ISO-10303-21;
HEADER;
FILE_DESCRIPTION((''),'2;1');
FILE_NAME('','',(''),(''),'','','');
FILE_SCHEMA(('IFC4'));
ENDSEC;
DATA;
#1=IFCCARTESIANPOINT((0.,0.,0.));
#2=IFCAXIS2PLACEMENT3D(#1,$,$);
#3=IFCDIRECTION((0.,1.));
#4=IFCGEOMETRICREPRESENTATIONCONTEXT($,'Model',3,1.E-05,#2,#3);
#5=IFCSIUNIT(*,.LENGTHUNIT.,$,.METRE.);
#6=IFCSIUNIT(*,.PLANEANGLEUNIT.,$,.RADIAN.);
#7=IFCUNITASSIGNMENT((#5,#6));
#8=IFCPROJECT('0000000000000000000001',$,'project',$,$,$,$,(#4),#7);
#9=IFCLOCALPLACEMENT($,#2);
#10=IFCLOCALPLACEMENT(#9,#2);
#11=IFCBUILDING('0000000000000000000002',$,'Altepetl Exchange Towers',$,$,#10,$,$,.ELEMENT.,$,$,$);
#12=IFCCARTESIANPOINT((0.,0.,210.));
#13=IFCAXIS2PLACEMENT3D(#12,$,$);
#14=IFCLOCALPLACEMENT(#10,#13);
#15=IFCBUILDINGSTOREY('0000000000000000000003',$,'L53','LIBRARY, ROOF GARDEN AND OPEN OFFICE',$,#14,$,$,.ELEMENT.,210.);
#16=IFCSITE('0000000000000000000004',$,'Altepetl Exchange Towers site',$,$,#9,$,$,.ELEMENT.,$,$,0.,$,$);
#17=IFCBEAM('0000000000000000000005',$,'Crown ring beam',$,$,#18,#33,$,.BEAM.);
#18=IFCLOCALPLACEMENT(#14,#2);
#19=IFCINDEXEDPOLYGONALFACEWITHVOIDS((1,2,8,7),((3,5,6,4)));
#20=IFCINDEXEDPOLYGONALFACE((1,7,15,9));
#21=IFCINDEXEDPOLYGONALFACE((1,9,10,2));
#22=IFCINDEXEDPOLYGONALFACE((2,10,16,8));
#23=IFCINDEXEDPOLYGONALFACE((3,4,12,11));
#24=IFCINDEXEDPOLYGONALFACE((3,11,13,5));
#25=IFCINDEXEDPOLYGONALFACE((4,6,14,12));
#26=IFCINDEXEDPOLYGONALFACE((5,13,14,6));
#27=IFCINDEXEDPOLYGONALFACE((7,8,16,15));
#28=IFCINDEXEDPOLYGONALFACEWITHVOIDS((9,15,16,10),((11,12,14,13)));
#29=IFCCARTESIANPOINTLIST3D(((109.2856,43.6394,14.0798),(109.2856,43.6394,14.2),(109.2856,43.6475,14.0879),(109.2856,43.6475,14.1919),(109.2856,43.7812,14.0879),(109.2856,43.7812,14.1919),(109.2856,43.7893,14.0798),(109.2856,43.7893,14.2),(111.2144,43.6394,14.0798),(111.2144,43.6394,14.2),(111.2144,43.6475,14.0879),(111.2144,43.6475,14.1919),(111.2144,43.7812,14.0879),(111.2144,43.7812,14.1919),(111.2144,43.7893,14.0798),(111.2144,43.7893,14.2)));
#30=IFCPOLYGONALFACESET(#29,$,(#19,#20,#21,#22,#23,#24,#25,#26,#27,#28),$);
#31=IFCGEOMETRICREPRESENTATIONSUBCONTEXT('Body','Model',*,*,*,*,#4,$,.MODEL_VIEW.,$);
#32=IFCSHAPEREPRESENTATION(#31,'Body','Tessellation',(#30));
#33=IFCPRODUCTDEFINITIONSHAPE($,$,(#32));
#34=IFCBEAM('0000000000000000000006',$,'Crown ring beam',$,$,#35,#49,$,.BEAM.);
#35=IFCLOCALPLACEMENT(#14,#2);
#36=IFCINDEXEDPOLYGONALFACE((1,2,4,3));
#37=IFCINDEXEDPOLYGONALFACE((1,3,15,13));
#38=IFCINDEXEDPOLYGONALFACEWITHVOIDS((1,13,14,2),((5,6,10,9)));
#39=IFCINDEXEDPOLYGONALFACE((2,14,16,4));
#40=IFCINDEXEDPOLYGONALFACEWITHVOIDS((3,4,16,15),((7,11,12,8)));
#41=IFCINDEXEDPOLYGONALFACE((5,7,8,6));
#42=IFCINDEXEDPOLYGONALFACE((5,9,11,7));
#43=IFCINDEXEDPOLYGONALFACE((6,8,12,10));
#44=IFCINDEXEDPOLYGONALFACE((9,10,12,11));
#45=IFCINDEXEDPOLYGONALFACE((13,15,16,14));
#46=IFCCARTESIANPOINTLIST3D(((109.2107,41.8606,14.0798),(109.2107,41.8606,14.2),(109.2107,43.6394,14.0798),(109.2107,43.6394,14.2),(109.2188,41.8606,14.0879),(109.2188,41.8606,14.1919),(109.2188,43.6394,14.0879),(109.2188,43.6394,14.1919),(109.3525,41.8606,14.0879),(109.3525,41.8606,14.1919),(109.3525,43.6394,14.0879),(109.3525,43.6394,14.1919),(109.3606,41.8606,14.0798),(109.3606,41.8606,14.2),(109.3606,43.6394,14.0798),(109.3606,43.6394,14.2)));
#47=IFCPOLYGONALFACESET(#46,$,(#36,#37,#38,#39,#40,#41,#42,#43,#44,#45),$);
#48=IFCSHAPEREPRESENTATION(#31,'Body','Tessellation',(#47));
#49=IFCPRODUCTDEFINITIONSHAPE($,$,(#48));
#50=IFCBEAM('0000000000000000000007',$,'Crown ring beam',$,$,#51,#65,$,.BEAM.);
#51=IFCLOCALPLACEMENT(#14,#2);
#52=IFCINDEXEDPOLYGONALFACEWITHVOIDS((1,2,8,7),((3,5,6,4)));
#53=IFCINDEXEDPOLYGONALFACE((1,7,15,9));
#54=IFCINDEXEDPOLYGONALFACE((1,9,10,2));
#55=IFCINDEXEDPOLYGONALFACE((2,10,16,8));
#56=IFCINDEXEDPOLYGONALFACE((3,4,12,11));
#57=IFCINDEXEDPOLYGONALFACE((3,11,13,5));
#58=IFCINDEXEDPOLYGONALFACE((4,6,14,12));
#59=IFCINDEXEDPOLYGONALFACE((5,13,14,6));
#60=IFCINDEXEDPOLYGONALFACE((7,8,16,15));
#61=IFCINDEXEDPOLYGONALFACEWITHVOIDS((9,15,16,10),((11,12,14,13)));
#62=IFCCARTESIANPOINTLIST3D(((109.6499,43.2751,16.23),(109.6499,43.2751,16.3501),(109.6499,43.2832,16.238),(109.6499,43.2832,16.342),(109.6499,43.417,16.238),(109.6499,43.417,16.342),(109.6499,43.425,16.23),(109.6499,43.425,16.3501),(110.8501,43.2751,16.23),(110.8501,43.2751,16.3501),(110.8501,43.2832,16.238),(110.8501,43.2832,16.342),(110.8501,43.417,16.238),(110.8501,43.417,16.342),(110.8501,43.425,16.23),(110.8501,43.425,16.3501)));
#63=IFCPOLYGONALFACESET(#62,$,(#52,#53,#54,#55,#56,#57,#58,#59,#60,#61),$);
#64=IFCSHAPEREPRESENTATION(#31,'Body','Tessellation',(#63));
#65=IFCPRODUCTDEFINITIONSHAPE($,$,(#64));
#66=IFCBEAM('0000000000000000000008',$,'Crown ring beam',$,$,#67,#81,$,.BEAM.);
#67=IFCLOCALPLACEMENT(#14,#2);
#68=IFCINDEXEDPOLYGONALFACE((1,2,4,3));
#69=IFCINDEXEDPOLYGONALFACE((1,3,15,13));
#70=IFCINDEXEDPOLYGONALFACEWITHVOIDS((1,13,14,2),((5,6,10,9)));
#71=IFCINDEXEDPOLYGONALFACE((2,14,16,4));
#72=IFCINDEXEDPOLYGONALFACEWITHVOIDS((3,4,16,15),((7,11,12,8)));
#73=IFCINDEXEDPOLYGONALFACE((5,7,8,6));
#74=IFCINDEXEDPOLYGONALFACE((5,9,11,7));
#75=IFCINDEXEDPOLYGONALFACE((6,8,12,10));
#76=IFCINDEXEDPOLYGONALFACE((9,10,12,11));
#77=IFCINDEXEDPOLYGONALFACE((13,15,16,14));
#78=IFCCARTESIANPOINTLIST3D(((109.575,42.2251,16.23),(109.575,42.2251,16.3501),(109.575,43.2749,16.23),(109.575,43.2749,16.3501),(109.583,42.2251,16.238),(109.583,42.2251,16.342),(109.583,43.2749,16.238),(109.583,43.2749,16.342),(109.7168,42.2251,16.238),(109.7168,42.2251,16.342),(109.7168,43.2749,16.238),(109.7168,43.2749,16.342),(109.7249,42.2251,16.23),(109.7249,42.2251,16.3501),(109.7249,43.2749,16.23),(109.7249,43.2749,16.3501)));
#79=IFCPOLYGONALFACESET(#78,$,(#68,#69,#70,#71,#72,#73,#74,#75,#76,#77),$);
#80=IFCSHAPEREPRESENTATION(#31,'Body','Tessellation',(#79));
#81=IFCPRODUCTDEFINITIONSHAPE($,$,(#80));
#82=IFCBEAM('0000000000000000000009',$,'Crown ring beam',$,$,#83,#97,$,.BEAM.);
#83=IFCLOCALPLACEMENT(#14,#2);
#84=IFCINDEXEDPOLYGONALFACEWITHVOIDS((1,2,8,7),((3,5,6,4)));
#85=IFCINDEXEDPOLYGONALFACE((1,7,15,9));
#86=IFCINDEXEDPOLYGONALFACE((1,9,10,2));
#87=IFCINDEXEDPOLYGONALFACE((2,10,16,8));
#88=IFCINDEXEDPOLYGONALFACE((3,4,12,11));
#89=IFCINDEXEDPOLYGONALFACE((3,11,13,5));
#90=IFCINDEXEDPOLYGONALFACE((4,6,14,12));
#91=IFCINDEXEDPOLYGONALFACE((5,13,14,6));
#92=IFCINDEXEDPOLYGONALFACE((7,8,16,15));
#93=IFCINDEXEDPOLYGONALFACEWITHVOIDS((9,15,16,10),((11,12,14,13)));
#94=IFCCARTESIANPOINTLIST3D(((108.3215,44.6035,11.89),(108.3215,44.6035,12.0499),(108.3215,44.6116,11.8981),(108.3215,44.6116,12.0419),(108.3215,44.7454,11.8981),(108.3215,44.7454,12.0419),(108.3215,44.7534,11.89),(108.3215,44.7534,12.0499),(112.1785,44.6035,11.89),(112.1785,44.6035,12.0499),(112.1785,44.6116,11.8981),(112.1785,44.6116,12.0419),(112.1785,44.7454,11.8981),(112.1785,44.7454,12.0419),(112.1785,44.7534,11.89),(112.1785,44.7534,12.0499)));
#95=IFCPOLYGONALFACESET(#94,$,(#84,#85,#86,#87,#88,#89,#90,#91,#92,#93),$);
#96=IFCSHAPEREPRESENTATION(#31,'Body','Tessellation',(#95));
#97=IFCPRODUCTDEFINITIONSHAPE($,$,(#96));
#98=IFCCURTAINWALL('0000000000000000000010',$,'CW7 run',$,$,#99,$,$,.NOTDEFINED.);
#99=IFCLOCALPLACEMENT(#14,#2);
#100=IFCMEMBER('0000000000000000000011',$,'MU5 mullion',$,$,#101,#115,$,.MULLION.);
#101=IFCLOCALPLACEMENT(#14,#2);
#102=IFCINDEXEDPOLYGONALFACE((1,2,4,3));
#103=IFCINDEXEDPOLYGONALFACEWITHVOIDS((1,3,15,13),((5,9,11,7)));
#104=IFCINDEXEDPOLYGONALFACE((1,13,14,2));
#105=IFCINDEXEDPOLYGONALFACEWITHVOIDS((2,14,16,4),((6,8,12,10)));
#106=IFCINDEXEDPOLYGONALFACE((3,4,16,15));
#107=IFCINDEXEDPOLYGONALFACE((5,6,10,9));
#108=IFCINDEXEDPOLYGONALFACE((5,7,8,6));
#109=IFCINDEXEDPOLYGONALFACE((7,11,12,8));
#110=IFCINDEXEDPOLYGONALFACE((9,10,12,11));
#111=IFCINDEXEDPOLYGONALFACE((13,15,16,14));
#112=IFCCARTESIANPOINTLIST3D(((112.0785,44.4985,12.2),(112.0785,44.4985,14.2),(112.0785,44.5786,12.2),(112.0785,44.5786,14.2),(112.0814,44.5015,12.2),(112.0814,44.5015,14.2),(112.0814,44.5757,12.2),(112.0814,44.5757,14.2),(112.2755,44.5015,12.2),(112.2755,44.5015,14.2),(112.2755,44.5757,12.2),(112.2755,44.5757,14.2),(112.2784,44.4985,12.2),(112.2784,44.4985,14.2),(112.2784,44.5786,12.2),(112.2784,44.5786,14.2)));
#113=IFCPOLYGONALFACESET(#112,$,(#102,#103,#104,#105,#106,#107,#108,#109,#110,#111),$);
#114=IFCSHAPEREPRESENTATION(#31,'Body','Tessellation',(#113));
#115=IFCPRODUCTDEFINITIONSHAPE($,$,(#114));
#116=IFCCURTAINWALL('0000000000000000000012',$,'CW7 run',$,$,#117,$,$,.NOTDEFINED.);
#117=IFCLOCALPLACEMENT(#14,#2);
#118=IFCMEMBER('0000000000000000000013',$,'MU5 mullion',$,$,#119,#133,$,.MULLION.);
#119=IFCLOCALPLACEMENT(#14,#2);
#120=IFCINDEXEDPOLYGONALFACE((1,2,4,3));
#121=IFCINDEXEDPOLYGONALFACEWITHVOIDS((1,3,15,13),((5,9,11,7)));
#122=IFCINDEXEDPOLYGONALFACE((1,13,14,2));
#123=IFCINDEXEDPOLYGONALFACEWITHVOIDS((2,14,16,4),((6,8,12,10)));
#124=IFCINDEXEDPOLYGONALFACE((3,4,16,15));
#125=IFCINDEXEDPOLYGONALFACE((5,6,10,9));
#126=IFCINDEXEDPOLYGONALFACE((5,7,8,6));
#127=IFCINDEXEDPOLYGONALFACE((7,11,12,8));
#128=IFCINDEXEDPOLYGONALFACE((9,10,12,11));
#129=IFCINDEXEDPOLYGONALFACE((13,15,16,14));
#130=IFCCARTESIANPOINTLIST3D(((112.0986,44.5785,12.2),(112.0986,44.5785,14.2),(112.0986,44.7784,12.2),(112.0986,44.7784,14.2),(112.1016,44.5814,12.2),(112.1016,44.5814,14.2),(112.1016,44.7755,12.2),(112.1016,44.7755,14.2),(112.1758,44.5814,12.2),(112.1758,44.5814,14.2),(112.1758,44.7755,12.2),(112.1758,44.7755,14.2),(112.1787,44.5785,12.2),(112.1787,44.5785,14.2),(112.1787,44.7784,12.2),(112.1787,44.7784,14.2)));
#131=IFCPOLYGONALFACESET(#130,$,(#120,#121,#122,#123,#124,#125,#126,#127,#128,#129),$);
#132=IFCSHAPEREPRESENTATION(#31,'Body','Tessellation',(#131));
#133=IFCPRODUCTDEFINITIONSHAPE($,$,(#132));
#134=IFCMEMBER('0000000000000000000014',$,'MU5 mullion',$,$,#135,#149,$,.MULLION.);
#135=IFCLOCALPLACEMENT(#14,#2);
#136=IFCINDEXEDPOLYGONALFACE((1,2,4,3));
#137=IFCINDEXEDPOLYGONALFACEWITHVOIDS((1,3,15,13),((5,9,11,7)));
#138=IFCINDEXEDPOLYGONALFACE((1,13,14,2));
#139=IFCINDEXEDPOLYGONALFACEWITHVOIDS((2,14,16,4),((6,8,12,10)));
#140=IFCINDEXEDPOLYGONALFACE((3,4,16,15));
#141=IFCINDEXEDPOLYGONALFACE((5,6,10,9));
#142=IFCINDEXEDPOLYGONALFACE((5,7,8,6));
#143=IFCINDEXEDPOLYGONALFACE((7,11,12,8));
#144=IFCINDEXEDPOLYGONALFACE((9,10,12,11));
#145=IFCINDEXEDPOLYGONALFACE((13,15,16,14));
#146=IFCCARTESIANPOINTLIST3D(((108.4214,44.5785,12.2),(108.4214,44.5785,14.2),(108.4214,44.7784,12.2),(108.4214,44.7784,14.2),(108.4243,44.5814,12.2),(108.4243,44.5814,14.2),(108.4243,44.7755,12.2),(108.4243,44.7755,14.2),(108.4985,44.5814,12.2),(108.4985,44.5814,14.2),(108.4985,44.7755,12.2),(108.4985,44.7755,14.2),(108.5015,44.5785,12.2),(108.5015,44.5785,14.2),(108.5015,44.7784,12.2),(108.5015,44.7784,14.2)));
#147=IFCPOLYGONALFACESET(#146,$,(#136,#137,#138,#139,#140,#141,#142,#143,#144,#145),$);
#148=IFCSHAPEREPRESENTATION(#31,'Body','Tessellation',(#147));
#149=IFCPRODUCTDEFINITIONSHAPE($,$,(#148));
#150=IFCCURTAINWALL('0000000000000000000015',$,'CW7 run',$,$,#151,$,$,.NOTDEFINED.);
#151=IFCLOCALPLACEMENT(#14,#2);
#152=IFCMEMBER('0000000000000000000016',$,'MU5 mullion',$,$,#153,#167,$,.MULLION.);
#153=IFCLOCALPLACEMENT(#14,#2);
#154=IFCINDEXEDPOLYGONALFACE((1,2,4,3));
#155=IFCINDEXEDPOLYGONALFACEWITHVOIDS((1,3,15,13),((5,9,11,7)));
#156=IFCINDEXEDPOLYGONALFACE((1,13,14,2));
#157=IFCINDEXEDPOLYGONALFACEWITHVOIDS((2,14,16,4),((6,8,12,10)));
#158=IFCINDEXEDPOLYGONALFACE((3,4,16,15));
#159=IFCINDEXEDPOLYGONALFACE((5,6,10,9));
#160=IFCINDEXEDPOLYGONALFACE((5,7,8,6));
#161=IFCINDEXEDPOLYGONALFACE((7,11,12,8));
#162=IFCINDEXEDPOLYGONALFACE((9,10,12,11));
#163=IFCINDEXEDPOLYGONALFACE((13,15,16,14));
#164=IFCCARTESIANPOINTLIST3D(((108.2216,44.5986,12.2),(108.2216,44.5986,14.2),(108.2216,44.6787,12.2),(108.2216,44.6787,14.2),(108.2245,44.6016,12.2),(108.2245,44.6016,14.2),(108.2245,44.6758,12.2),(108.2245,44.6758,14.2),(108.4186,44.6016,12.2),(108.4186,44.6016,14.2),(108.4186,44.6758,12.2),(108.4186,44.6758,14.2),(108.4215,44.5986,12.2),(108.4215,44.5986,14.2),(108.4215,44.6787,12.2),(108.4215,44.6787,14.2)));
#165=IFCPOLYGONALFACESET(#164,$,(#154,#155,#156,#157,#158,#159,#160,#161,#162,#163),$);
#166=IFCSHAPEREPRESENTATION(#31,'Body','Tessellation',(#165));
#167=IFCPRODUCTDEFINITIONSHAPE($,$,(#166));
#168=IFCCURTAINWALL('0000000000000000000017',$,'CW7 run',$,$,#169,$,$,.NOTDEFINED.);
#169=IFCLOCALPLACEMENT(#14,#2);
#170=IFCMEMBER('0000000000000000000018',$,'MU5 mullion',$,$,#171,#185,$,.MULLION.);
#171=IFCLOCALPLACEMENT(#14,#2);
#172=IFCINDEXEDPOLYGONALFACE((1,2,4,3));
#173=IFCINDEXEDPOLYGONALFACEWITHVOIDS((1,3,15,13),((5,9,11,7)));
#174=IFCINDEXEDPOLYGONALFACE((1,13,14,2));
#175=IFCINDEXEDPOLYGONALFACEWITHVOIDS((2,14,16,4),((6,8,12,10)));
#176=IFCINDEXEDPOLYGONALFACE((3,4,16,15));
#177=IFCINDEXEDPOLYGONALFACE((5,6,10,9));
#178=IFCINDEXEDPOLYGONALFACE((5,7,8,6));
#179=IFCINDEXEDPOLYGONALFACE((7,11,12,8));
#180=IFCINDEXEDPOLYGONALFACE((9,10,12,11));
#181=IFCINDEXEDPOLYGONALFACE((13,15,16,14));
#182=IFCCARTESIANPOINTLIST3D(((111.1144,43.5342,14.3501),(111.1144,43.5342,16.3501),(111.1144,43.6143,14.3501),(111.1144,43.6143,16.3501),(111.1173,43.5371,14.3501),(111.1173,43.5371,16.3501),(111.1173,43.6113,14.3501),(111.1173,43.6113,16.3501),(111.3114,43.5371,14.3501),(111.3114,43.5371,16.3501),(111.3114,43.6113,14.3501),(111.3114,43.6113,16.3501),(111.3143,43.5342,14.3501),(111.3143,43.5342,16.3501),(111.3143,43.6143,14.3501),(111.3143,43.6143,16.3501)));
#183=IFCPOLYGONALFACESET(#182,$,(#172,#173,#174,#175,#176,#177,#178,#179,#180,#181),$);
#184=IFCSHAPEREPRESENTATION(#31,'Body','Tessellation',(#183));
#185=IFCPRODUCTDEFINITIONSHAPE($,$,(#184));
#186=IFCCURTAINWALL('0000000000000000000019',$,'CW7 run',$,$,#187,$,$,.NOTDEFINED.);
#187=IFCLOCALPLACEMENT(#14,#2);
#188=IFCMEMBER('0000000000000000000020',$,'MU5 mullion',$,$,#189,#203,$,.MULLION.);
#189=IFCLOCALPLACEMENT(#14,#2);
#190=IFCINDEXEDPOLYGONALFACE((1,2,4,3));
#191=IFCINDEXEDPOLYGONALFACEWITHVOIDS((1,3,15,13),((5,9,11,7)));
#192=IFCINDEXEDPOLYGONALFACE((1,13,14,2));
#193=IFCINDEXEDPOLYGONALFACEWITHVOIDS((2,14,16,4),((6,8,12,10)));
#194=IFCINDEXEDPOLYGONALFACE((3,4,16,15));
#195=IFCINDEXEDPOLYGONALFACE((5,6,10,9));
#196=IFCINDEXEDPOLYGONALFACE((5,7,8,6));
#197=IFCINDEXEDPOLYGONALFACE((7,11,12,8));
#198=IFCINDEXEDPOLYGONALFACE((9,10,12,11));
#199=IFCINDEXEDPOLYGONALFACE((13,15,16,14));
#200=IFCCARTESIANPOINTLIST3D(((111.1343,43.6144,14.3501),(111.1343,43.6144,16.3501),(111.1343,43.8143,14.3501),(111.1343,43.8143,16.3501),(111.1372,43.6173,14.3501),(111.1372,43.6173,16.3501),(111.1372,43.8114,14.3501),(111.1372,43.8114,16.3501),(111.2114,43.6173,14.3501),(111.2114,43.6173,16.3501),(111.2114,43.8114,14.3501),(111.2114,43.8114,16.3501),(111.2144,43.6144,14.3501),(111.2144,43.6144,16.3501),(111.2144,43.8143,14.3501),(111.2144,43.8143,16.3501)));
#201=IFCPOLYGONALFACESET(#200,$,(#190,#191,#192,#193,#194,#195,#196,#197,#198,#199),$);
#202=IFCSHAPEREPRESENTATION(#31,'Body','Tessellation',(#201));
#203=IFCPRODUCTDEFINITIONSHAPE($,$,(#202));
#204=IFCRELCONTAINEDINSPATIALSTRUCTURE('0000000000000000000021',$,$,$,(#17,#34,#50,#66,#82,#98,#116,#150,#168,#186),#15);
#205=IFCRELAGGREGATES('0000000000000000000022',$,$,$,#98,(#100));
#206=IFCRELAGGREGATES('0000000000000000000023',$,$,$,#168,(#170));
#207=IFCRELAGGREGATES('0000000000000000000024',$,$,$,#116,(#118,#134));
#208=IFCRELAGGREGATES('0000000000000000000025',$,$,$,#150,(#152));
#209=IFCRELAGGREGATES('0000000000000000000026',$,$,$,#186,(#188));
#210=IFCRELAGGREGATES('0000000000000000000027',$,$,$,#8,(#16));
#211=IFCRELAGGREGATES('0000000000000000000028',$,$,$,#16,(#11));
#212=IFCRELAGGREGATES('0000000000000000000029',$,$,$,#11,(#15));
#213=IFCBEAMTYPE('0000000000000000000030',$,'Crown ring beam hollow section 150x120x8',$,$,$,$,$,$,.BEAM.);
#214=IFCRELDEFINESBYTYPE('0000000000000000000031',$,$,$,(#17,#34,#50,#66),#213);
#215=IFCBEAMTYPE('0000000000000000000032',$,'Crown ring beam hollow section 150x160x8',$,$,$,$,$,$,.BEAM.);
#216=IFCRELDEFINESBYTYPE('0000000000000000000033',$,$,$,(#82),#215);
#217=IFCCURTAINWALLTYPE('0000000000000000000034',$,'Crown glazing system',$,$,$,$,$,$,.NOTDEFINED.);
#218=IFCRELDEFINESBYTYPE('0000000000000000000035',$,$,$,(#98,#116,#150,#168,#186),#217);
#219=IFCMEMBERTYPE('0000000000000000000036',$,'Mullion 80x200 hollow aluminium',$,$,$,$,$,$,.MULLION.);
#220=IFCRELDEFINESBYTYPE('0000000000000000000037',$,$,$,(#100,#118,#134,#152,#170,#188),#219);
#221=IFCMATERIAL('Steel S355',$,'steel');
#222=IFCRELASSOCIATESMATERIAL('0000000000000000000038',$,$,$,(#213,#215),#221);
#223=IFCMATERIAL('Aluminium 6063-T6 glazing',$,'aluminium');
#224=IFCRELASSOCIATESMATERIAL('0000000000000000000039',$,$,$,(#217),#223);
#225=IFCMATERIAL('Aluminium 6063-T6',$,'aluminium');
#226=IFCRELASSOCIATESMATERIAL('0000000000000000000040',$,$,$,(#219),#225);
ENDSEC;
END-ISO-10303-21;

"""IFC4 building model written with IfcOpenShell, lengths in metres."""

from ifc_helpers import new_model, si_unit, direction, frame, origin, origin_2d, place, context, subcontext, project, spatial, hollow_rectangle, extrude, material, material_profile, profile_set, type_object, element, aggregate, save


model = new_model("IFC4")

# Units and contexts
model_context = context("Model", 3, precision=1e-05, world=origin(), true_north=direction((0.0, 1.0)))
body_context = subcontext(model_context, "Body", "Model", "MODEL_VIEW")
ifc_project = project(units=[si_unit("LENGTHUNIT", "METRE"), si_unit("PLANEANGLEUNIT", "RADIAN")], contexts=[model_context])

# Site, building, storey
site_placement = place(None, origin())
site = spatial("IfcSite", under=ifc_project, at=site_placement, Name="Altepetl Exchange Towers site", CompositionType="ELEMENT", RefElevation=0.0)
building_placement = place(site_placement, origin())
building = spatial("IfcBuilding", under=site, at=building_placement, Name="Altepetl Exchange Towers", CompositionType="ELEMENT")
storey_placement = place(building_placement, frame((0.0, 0.0, 210.0)))
storey = spatial("IfcBuildingStorey", under=building, at=storey_placement, Name="L53", Description="LIBRARY, ROOF GARDEN AND OPEN OFFICE", CompositionType="ELEMENT", Elevation=210.0)

# Beams
ifc_material_1 = material(Name="Steel S355", Category="steel")
ifc_material_profile_1 = material_profile(ifc_material_1, hollow_rectangle(XDim=0.1499, YDim=0.1201, WallThickness=0.0081, at=origin_2d()), Name="RHS 120x150x8")
ifc_profile_set_1 = profile_set([ifc_material_profile_1], Name="Steel S355")
beam_type_1 = type_object("IfcBeamType", Name="Crown ring beam hollow section 150x120x8", PredefinedType="BEAM", material=ifc_profile_set_1)
beam_1_placement = place(storey_placement, frame((111.2144, 43.7144, 14.1399), z_axis=(-1.0, 0.0, 0.0), x_axis=(0.0, -1.0, 0.0)))
element("IfcBeam", 1, at=beam_1_placement, inside=storey, type_object=beam_type_1, Name="Crown ring beam", PredefinedType="BEAM", context=body_context, shape_type="SweptSolid", body=[
    extrude(hollow_rectangle(XDim=0.1499, YDim=0.1201, WallThickness=0.0081, at=origin_2d()), origin(), (0.0, 0.0, 1.0), 1.9287),
])
beam_2_placement = place(storey_placement, frame((109.2856, 43.6394, 14.1399), z_axis=(0.0, -1.0, 0.0), x_axis=(1.0, 0.0, 0.0)))
element("IfcBeam", 2, at=beam_2_placement, inside=storey, type_object=beam_type_1, Name="Crown ring beam", PredefinedType="BEAM", context=body_context, shape_type="SweptSolid", body=[
    extrude(hollow_rectangle(XDim=0.1499, YDim=0.1201, WallThickness=0.0081, at=origin_2d()), origin(), (0.0, 0.0, 1.0), 1.7788),
])
beam_3_placement = place(storey_placement, frame((110.8501, 43.3501, 16.29), z_axis=(-1.0, 0.0, 0.0), x_axis=(0.0, -1.0, 0.0)))
element("IfcBeam", 3, at=beam_3_placement, inside=storey, type_object=beam_type_1, Name="Crown ring beam", PredefinedType="BEAM", context=body_context, shape_type="SweptSolid", body=[
    extrude(hollow_rectangle(XDim=0.1499, YDim=0.1201, WallThickness=0.0081, at=origin_2d()), origin(), (0.0, 0.0, 1.0), 1.2002),
])
beam_4_placement = place(storey_placement, frame((109.6499, 43.2749, 16.29), z_axis=(0.0, -1.0, 0.0), x_axis=(1.0, 0.0, 0.0)))
element("IfcBeam", 4, at=beam_4_placement, inside=storey, type_object=beam_type_1, Name="Crown ring beam", PredefinedType="BEAM", context=body_context, shape_type="SweptSolid", body=[
    extrude(hollow_rectangle(XDim=0.1499, YDim=0.1201, WallThickness=0.0081, at=origin_2d()), origin(), (0.0, 0.0, 1.0), 1.0498),
])
ifc_material_profile_2 = material_profile(ifc_material_1, hollow_rectangle(XDim=0.1499, YDim=0.1599, WallThickness=0.0081, at=origin_2d()), Name="RHS 160x150x8")
ifc_profile_set_2 = profile_set([ifc_material_profile_2], Name="Steel S355")
beam_type_2 = type_object("IfcBeamType", Name="Crown ring beam hollow section 150x160x8", PredefinedType="BEAM", material=ifc_profile_set_2)
beam_5_placement = place(storey_placement, frame((112.1785, 44.6785, 11.97), z_axis=(-1.0, 0.0, 0.0), x_axis=(0.0, -1.0, 0.0)))
element("IfcBeam", 5, at=beam_5_placement, inside=storey, type_object=beam_type_2, Name="Crown ring beam", PredefinedType="BEAM", context=body_context, shape_type="SweptSolid", body=[
    extrude(hollow_rectangle(XDim=0.1499, YDim=0.1599, WallThickness=0.0081, at=origin_2d()), origin(), (0.0, 0.0, 1.0), 3.8569),
])

# Curtain wall, member
ifc_material_2 = material(Name="Aluminium 6063-T6 glazing", Category="aluminium")
curtain_wall_type = type_object("IfcCurtainWallType", Name="Crown glazing system", PredefinedType="NOTDEFINED", material=ifc_material_2)
curtain_wall_1_placement = place(storey_placement, origin())
curtain_wall_1 = element("IfcCurtainWall", 6, at=curtain_wall_1_placement, inside=storey, type_object=curtain_wall_type, Name="CW7 run", PredefinedType="NOTDEFINED")
ifc_material_3 = material(Name="Aluminium 6063-T6", Category="aluminium")
ifc_material_profile_3 = material_profile(ifc_material_3, hollow_rectangle(XDim=0.0801, YDim=0.2, WallThickness=0.0029, at=origin_2d()), Name="Mullion 80x200 hollow aluminium")
ifc_profile_set_3 = profile_set([ifc_material_profile_3], Name="Aluminium 6063-T6")
member_type = type_object("IfcMemberType", Name="Mullion 80x200 hollow aluminium", PredefinedType="MULLION", material=ifc_profile_set_3)
member_1_placement = place(storey_placement, frame((112.1785, 44.5386, 12.2), z_axis=(0.0, 0.0, 1.0), x_axis=(0.0, 1.0, 0.0)))
member_1 = element("IfcMember", 7, at=member_1_placement, type_object=member_type, Name="MU5 mullion", PredefinedType="MULLION", context=body_context, shape_type="SweptSolid", body=[
    extrude(hollow_rectangle(XDim=0.0801, YDim=0.2, WallThickness=0.0029, at=origin_2d()), origin(), (0.0, 0.0, 1.0), 2.0),
])
aggregate(curtain_wall_1, [member_1])

# Curtain wall, members
curtain_wall_2_placement = place(storey_placement, origin())
curtain_wall_2 = element("IfcCurtainWall", 8, at=curtain_wall_2_placement, inside=storey, type_object=curtain_wall_type, Name="CW7 run", PredefinedType="NOTDEFINED")
member_2_placement = place(storey_placement, frame((112.1387, 44.6785, 12.2), z_axis=(0.0, 0.0, 1.0), x_axis=(-1.0, 0.0, 0.0)))
member_2 = element("IfcMember", 9, at=member_2_placement, type_object=member_type, Name="MU5 mullion", PredefinedType="MULLION", context=body_context, shape_type="SweptSolid", body=[
    extrude(hollow_rectangle(XDim=0.0801, YDim=0.2, WallThickness=0.0029, at=origin_2d()), origin(), (0.0, 0.0, 1.0), 2.0),
])
member_3_placement = place(storey_placement, frame((108.4614, 44.6785, 12.2), z_axis=(0.0, 0.0, 1.0), x_axis=(-1.0, 0.0, 0.0)))
member_3 = element("IfcMember", 10, at=member_3_placement, type_object=member_type, Name="MU5 mullion", PredefinedType="MULLION", context=body_context, shape_type="SweptSolid", body=[
    extrude(hollow_rectangle(XDim=0.0801, YDim=0.2, WallThickness=0.0029, at=origin_2d()), origin(), (0.0, 0.0, 1.0), 2.0),
])

# Curtain walls, members
curtain_wall_3_placement = place(storey_placement, origin())
curtain_wall_3 = element("IfcCurtainWall", 11, at=curtain_wall_3_placement, inside=storey, type_object=curtain_wall_type, Name="CW7 run", PredefinedType="NOTDEFINED")
member_4_placement = place(storey_placement, frame((108.3215, 44.6387, 12.2), z_axis=(0.0, 0.0, 1.0), x_axis=(0.0, -1.0, 0.0)))
member_4 = element("IfcMember", 12, at=member_4_placement, type_object=member_type, Name="MU5 mullion", PredefinedType="MULLION", context=body_context, shape_type="SweptSolid", body=[
    extrude(hollow_rectangle(XDim=0.0801, YDim=0.2, WallThickness=0.0029, at=origin_2d()), origin(), (0.0, 0.0, 1.0), 2.0),
])
curtain_wall_4_placement = place(storey_placement, origin())
curtain_wall_4 = element("IfcCurtainWall", 13, at=curtain_wall_4_placement, inside=storey, type_object=curtain_wall_type, Name="CW7 run", PredefinedType="NOTDEFINED")
member_5_placement = place(storey_placement, frame((111.2144, 43.5742, 14.3501), z_axis=(0.0, 0.0, 1.0), x_axis=(0.0, 1.0, 0.0)))
member_5 = element("IfcMember", 14, at=member_5_placement, type_object=member_type, Name="MU5 mullion", PredefinedType="MULLION", context=body_context, shape_type="SweptSolid", body=[
    extrude(hollow_rectangle(XDim=0.0801, YDim=0.2, WallThickness=0.0029, at=origin_2d()), origin(), (0.0, 0.0, 1.0), 2.0),
])
aggregate(curtain_wall_4, [member_5])

# Curtain wall, member
curtain_wall_5_placement = place(storey_placement, origin())
curtain_wall_5 = element("IfcCurtainWall", 15, at=curtain_wall_5_placement, inside=storey, type_object=curtain_wall_type, Name="CW7 run", PredefinedType="NOTDEFINED")
member_6_placement = place(storey_placement, frame((111.1743, 43.7144, 14.3501), z_axis=(0.0, 0.0, 1.0), x_axis=(-1.0, 0.0, 0.0)))
member_6 = element("IfcMember", 16, at=member_6_placement, type_object=member_type, Name="MU5 mullion", PredefinedType="MULLION", context=body_context, shape_type="SweptSolid", body=[
    extrude(hollow_rectangle(XDim=0.0801, YDim=0.2, WallThickness=0.0029, at=origin_2d()), origin(), (0.0, 0.0, 1.0), 2.0),
])

aggregate(curtain_wall_2, [member_2, member_3])
aggregate(curtain_wall_3, [member_4])
aggregate(curtain_wall_5, [member_6])

save(model, "model.ifc")
